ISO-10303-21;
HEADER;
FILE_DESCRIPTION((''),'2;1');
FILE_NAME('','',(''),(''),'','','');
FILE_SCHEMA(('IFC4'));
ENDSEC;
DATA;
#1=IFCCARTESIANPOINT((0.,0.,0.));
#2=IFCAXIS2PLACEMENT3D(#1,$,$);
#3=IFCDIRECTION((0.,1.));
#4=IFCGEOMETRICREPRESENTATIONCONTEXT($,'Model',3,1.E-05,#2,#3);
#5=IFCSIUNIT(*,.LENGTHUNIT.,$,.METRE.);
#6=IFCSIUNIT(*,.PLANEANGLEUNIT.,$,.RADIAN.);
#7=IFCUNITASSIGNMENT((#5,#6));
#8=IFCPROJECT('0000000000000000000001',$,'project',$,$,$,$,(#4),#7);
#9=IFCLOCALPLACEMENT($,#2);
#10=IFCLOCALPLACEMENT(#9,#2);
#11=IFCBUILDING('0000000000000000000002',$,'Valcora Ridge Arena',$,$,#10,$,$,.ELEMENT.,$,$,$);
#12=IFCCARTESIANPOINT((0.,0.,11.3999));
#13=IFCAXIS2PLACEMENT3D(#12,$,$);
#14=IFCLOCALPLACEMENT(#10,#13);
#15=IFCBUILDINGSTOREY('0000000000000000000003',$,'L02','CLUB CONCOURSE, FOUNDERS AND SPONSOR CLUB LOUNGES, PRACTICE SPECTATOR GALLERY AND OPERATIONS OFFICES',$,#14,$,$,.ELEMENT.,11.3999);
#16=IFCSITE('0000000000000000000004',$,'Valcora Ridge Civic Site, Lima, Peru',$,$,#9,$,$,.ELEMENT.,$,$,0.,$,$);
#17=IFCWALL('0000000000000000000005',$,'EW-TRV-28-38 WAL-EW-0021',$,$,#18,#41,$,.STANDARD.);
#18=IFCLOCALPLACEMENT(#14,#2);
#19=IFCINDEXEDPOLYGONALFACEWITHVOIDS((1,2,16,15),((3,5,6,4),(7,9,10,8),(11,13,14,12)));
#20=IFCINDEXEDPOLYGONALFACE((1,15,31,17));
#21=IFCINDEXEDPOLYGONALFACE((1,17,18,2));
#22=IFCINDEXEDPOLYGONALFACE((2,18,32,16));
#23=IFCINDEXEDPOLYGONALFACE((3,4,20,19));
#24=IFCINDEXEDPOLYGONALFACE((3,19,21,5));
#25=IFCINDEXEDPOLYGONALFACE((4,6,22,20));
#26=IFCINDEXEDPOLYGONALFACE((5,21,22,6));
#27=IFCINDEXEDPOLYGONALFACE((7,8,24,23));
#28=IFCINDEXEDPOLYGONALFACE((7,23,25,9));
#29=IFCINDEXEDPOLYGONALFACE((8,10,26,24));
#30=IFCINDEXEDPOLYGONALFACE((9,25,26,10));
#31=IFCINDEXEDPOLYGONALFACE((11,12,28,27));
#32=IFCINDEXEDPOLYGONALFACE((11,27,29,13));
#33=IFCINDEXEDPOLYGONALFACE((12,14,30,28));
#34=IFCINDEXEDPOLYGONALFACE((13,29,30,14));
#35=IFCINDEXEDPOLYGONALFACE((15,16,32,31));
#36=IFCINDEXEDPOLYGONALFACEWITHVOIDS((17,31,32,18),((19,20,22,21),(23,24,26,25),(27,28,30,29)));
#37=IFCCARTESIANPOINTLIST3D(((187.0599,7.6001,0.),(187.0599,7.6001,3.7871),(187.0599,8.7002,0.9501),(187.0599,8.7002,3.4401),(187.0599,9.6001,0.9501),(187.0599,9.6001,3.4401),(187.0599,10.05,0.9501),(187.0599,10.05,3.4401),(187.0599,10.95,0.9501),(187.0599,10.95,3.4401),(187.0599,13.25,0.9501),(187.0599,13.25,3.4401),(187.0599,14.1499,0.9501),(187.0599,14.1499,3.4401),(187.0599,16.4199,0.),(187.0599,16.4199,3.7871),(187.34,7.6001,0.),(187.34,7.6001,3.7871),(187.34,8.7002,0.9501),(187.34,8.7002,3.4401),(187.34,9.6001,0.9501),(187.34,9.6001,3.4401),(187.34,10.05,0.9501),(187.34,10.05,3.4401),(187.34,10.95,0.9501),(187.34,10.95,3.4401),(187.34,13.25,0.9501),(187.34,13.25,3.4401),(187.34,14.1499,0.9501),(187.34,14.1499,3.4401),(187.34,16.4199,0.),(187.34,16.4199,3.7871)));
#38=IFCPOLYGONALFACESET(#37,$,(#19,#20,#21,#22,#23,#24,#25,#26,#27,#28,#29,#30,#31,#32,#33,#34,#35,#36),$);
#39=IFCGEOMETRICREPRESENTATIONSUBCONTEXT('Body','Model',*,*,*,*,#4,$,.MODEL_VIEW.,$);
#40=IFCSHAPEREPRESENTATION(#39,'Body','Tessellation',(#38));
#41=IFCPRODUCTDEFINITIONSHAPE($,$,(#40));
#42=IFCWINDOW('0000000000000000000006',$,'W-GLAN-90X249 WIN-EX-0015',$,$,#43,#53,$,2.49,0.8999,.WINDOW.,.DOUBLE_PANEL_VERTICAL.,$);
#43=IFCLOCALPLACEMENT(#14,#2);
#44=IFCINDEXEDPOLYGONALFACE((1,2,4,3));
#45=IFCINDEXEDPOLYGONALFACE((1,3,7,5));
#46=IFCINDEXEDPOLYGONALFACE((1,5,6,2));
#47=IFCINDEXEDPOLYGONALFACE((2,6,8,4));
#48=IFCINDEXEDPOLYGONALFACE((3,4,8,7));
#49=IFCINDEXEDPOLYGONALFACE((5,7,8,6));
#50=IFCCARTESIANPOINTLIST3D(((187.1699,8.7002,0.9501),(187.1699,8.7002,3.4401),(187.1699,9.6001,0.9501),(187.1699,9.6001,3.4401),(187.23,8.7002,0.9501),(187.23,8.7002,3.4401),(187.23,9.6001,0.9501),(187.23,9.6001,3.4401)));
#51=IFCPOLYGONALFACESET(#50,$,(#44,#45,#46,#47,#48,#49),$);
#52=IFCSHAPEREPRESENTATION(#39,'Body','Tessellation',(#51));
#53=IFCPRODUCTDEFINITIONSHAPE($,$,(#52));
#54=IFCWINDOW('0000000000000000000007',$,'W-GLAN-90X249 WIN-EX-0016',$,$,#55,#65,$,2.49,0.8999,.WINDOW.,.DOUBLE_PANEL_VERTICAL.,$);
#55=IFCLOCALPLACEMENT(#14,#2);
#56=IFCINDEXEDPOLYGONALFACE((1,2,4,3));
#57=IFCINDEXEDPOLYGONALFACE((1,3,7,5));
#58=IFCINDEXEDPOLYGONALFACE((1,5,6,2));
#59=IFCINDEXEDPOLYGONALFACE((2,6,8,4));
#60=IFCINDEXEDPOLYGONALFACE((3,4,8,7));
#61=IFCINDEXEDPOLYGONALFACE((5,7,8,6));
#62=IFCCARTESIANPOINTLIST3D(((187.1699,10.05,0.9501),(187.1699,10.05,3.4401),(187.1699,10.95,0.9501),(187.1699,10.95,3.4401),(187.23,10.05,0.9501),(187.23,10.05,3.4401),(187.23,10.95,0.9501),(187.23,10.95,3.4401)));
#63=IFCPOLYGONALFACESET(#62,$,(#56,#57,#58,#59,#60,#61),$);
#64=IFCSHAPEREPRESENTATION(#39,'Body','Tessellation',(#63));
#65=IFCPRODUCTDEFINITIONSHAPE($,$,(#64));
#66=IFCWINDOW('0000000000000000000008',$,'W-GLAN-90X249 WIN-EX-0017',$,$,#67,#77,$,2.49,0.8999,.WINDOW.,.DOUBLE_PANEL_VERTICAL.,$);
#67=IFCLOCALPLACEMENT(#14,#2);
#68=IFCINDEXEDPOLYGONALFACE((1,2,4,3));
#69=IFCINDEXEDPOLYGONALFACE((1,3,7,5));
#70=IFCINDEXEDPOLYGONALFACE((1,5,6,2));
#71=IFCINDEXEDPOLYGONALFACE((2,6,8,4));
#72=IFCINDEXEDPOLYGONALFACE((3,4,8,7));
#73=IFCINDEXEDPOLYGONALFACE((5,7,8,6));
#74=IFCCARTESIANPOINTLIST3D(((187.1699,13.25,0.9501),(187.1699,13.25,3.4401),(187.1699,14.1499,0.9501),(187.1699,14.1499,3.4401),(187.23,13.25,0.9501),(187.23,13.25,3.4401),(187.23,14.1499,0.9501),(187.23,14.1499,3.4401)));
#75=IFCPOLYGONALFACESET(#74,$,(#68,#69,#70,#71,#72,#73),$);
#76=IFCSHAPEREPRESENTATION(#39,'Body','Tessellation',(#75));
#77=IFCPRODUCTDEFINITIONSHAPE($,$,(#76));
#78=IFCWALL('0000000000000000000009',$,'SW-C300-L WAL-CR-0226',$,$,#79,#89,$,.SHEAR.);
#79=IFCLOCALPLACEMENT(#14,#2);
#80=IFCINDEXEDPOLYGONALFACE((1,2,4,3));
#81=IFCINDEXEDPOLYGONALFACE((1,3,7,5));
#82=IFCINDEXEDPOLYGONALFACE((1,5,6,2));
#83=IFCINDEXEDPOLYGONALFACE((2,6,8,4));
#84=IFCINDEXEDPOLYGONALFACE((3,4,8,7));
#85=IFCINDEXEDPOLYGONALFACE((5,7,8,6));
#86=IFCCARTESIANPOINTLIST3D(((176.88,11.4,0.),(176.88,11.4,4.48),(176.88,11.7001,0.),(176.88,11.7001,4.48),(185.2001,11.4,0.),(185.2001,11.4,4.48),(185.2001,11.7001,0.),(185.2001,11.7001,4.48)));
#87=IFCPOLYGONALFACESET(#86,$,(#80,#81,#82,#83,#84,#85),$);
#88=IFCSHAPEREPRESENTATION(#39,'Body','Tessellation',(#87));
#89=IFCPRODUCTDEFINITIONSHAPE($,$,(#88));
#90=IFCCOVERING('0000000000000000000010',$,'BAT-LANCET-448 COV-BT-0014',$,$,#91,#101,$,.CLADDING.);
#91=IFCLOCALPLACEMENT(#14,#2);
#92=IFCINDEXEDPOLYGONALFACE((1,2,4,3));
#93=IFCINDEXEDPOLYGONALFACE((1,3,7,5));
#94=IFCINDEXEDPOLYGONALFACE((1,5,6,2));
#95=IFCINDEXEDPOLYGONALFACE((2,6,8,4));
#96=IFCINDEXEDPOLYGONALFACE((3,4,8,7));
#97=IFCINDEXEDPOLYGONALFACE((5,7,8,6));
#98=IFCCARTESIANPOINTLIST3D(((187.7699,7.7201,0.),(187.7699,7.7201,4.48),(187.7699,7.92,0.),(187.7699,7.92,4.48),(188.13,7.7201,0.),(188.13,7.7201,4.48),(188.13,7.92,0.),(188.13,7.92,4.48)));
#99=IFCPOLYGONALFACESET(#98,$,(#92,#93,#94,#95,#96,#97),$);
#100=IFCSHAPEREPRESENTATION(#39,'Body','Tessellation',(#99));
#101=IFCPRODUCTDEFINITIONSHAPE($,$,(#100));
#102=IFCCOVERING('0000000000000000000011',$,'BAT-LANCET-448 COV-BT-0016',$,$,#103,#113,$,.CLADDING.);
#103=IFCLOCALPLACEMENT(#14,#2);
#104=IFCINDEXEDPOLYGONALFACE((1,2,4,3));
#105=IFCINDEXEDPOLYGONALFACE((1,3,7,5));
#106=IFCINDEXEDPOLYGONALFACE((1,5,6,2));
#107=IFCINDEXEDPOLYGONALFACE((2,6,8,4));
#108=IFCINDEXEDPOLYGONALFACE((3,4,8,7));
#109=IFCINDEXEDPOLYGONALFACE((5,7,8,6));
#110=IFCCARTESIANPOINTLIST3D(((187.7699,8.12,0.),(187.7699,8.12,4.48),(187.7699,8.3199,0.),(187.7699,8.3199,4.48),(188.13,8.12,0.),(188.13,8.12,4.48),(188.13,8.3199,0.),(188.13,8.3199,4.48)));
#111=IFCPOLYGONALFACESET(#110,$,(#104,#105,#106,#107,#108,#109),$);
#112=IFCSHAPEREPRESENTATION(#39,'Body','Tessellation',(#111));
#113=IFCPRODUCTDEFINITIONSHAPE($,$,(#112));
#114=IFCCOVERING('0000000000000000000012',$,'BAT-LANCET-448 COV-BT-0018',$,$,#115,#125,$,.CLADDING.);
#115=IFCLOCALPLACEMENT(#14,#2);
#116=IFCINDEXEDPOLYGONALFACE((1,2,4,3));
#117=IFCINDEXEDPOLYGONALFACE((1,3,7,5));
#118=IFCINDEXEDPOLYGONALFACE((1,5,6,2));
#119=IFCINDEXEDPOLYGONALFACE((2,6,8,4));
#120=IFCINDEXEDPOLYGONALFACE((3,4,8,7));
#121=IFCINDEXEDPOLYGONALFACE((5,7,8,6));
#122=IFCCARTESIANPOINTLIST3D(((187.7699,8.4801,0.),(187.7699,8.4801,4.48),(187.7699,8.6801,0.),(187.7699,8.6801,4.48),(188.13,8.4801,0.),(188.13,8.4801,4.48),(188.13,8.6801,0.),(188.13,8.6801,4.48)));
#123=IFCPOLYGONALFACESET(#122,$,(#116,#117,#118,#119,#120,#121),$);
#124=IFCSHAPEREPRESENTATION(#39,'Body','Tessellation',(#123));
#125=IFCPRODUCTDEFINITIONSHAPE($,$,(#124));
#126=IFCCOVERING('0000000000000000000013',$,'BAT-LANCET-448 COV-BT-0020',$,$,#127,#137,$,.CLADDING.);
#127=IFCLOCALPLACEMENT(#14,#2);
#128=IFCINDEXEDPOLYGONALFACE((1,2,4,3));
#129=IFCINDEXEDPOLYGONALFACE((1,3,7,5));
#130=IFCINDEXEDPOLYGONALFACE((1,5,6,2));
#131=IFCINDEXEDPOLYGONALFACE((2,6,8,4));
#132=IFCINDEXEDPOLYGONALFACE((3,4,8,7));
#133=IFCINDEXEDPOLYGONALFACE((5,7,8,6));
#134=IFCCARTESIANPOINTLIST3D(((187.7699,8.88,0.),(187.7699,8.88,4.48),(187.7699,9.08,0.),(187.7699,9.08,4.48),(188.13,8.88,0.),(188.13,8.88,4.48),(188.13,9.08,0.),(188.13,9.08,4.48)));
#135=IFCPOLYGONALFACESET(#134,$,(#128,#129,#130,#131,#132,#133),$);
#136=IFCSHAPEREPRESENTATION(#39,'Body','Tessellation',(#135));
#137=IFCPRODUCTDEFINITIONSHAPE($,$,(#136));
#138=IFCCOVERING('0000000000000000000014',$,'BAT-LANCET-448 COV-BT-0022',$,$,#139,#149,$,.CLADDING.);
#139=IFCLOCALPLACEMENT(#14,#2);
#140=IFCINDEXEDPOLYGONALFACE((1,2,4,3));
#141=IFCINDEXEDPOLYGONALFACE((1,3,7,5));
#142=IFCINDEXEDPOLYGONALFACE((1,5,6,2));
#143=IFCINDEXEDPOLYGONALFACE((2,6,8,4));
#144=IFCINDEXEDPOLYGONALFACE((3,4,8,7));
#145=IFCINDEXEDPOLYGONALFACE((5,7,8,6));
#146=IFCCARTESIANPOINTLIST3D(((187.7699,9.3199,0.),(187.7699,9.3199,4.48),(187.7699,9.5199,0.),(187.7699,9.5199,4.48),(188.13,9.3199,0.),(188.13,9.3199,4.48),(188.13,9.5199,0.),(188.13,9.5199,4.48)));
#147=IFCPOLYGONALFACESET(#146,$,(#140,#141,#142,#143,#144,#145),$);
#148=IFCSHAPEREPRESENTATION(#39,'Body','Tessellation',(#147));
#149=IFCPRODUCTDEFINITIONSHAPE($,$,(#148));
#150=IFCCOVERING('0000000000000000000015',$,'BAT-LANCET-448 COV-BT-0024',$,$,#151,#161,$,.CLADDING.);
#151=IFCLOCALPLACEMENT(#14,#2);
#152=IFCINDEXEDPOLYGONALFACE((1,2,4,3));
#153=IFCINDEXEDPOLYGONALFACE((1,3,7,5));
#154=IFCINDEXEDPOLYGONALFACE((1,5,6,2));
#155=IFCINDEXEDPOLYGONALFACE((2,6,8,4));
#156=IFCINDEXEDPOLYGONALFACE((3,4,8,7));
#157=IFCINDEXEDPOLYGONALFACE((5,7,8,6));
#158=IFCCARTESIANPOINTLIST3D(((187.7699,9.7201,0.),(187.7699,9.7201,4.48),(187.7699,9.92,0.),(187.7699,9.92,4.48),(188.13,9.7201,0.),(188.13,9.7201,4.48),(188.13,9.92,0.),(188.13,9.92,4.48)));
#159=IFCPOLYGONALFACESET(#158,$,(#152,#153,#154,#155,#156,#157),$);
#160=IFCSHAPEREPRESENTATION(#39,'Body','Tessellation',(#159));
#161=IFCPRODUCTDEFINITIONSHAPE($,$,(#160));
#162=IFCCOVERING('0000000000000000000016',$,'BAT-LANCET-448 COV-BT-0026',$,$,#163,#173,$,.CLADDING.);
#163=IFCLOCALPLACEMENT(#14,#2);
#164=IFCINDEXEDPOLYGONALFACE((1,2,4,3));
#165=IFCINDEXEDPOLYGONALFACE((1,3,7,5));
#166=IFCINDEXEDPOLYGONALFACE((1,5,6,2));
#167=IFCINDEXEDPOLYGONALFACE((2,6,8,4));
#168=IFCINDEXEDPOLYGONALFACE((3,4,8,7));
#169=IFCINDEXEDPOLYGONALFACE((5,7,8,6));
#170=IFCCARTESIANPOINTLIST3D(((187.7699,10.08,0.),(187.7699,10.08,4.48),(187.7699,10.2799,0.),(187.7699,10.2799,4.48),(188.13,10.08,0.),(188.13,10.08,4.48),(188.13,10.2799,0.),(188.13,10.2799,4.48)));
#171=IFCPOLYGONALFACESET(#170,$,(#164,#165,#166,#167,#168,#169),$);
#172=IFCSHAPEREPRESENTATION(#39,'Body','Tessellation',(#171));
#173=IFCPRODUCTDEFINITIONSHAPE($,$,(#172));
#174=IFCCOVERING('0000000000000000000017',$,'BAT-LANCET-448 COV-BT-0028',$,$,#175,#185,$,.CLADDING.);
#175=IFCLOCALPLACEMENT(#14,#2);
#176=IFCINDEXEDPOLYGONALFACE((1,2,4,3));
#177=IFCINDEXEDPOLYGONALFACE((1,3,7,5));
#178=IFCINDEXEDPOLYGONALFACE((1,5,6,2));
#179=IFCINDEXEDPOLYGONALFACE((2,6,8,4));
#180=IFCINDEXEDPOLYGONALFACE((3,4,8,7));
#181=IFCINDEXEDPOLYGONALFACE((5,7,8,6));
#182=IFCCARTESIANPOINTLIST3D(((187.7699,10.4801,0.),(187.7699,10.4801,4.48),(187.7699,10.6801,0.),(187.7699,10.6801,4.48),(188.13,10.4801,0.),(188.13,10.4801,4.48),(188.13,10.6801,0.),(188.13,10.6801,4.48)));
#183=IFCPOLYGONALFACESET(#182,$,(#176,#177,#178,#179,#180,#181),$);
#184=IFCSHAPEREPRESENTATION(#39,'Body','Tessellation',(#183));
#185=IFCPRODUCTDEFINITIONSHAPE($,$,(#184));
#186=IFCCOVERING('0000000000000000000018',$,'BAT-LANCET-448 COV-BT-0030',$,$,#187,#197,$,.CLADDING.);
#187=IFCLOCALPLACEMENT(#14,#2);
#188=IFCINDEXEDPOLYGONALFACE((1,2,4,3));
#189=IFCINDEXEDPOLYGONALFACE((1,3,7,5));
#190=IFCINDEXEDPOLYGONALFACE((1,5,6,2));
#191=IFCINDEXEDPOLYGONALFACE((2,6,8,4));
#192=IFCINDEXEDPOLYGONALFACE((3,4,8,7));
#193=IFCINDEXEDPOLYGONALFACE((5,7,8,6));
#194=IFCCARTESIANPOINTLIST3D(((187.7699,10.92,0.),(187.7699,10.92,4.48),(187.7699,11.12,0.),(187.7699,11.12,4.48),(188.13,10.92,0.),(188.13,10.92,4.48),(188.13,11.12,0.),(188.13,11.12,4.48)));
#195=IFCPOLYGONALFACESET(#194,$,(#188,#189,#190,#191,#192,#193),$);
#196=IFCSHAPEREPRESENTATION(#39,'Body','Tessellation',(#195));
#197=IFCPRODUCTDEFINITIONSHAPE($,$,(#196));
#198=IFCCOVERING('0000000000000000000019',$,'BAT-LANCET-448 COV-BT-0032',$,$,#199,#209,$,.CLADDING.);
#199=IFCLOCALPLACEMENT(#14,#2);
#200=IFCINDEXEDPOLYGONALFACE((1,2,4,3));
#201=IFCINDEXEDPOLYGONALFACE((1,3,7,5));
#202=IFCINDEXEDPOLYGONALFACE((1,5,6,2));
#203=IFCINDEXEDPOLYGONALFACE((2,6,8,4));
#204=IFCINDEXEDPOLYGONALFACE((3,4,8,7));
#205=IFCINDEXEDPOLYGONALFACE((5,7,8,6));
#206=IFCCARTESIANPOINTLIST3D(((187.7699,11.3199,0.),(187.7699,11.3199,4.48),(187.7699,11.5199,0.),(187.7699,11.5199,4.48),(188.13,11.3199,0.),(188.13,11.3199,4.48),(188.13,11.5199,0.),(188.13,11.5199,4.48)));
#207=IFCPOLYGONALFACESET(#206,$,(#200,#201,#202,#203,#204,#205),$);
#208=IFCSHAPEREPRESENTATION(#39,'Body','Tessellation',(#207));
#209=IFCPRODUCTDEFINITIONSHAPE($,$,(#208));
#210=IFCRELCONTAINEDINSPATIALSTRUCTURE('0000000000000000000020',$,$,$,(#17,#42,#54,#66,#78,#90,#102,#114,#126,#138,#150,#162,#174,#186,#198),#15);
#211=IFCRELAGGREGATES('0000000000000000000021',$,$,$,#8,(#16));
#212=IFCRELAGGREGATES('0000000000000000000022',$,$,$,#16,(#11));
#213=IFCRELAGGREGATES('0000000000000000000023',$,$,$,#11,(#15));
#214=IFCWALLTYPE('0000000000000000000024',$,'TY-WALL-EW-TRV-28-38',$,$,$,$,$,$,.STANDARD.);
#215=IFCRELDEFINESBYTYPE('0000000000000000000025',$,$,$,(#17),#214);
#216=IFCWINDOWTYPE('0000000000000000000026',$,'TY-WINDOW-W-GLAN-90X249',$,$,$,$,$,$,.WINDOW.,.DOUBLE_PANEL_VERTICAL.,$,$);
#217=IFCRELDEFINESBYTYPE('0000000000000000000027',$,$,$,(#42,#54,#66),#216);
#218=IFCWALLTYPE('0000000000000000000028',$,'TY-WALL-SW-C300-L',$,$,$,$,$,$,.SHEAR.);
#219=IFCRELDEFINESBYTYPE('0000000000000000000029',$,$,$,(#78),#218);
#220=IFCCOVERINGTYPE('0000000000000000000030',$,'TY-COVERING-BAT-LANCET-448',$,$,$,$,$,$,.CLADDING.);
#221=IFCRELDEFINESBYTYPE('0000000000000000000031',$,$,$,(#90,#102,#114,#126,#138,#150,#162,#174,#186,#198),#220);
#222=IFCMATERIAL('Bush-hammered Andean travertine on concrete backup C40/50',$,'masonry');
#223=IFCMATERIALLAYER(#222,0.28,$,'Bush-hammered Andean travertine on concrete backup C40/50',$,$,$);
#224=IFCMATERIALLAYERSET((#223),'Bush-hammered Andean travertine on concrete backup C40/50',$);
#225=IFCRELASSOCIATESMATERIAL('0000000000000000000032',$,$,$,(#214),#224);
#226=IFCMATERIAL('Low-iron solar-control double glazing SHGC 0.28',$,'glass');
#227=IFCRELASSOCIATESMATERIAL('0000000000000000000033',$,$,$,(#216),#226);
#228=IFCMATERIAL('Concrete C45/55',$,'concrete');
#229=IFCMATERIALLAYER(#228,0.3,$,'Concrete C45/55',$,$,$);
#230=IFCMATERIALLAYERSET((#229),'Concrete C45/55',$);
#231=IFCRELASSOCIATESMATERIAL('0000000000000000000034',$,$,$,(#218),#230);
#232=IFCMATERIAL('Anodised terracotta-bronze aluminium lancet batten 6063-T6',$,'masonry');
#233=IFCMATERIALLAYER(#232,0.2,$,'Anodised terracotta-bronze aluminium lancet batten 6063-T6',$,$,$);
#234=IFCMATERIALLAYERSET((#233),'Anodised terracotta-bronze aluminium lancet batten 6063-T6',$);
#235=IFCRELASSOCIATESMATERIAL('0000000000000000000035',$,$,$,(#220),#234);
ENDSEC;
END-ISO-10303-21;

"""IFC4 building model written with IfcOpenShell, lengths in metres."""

from ifc_helpers import new_model, si_unit, direction, frame, frame_2d, origin, origin_2d, place, context, subcontext, project, spatial, rectangle, extrude, material, layer, layer_set, type_object, element, fill, save


model = new_model("IFC4")

# Units and contexts
model_context = context("Model", 3, precision=1e-05, world=origin(), true_north=direction((0.0, 1.0)))
body_context = subcontext(model_context, "Body", "Model", "MODEL_VIEW")
ifc_project = project(units=[si_unit("LENGTHUNIT", "METRE"), si_unit("PLANEANGLEUNIT", "RADIAN")], contexts=[model_context])

# Site, building, storey
site_placement = place(None, origin())
site = spatial("IfcSite", under=ifc_project, at=site_placement, Name="Valcora Ridge Civic Site, Lima, Peru", CompositionType="ELEMENT", RefElevation=0.0)
building_placement = place(site_placement, origin())
building = spatial("IfcBuilding", under=site, at=building_placement, Name="Valcora Ridge Arena", CompositionType="ELEMENT")
storey_placement = place(building_placement, frame((0.0, 0.0, 11.3999)))
storey = spatial("IfcBuildingStorey", under=building, at=storey_placement, Name="L02", Description="CLUB CONCOURSE, FOUNDERS AND SPONSOR CLUB LOUNGES, PRACTICE SPECTATOR GALLERY AND OPERATIONS OFFICES", CompositionType="ELEMENT", Elevation=11.3999)

# Wall, openings, windows
ifc_material_1 = material(Name="Bush-hammered Andean travertine on concrete backup C40/50", Category="masonry")
ifc_layer_1 = layer(ifc_material_1, 0.28, Name="Bush-hammered Andean travertine on concrete backup C40/50")
ifc_layer_set_1 = layer_set([ifc_layer_1], Name="Bush-hammered Andean travertine on concrete backup C40/50")
wall_type_1 = type_object("IfcWallType", Name="TY-WALL-EW-TRV-28-38", PredefinedType="STANDARD", material=ifc_layer_set_1)
wall_1_placement = place(storey_placement, frame((187.2, 7.6001, 0.0), z_axis=(0.0, 0.0, 1.0), x_axis=(0.0, 1.0, 0.0)))
wall_1 = element("IfcWall", 1, at=wall_1_placement, inside=storey, type_object=wall_type_1, Name="EW-TRV-28-38 WAL-EW-0021", PredefinedType="STANDARD", context=body_context, shape_type="SweptSolid", body=[
    extrude(rectangle(XDim=8.8198, YDim=0.28, at=frame_2d((4.4099, 0.0))), origin(), (0.0, 0.0, 1.0), 3.7871),
])
opening_1_placement = place(wall_1_placement, frame((1.1001, 0.0, 0.95)))
opening_1 = element("IfcOpeningElement", 2, at=opening_1_placement, cuts=wall_1, PredefinedType="OPENING", context=body_context, shape_type="SweptSolid", body=[
    extrude(rectangle(XDim=0.8999, YDim=2.49, at=frame_2d((0.45, 1.2451))), frame((0.0, 0.1499, 0.0), z_axis=(0.0, -1.0, 0.0), x_axis=(1.0, 0.0, 0.0)), (0.0, 0.0, 1.0), 0.3),
])
opening_2_placement = place(wall_1_placement, frame((2.45, 0.0, 0.95)))
opening_2 = element("IfcOpeningElement", 3, at=opening_2_placement, cuts=wall_1, PredefinedType="OPENING", context=body_context, shape_type="SweptSolid", body=[
    extrude(rectangle(XDim=0.8999, YDim=2.49, at=frame_2d((0.45, 1.2451))), frame((0.0, 0.1499, 0.0), z_axis=(0.0, -1.0, 0.0), x_axis=(1.0, 0.0, 0.0)), (0.0, 0.0, 1.0), 0.3),
])
opening_3_placement = place(wall_1_placement, frame((5.6499, 0.0, 0.95)))
opening_3 = element("IfcOpeningElement", 4, at=opening_3_placement, cuts=wall_1, PredefinedType="OPENING", context=body_context, shape_type="SweptSolid", body=[
    extrude(rectangle(XDim=0.8999, YDim=2.49, at=frame_2d((0.45, 1.2451))), frame((0.0, 0.1499, 0.0), z_axis=(0.0, -1.0, 0.0), x_axis=(1.0, 0.0, 0.0)), (0.0, 0.0, 1.0), 0.3),
])
ifc_material_2 = material(Name="Low-iron solar-control double glazing SHGC 0.28", Category="glass")
window_type = type_object("IfcWindowType", Name="TY-WINDOW-W-GLAN-90X249", PartitioningType="DOUBLE_PANEL_VERTICAL", PredefinedType="WINDOW", material=ifc_material_2)
window_1_placement = place(opening_1_placement, origin())
window_1 = element("IfcWindow", 5, at=window_1_placement, inside=storey, type_object=window_type, Name="W-GLAN-90X249 WIN-EX-0015", OverallHeight=2.49, OverallWidth=0.8999, PartitioningType="DOUBLE_PANEL_VERTICAL", PredefinedType="WINDOW", context=body_context, shape_type="SweptSolid", body=[
    extrude(rectangle(XDim=0.8999, YDim=2.49, at=frame_2d((0.45, 1.2451))), frame((0.0, 0.03, 0.0), z_axis=(0.0, -1.0, 0.0), x_axis=(1.0, 0.0, 0.0)), (0.0, 0.0, 1.0), 0.0601),
])
fill(opening_1, window_1)
window_2_placement = place(opening_2_placement, origin())
window_2 = element("IfcWindow", 6, at=window_2_placement, inside=storey, type_object=window_type, Name="W-GLAN-90X249 WIN-EX-0016", OverallHeight=2.49, OverallWidth=0.8999, PartitioningType="DOUBLE_PANEL_VERTICAL", PredefinedType="WINDOW", context=body_context, shape_type="SweptSolid", body=[
    extrude(rectangle(XDim=0.8999, YDim=2.49, at=frame_2d((0.45, 1.2451))), frame((0.0, 0.03, 0.0), z_axis=(0.0, -1.0, 0.0), x_axis=(1.0, 0.0, 0.0)), (0.0, 0.0, 1.0), 0.0601),
])
fill(opening_2, window_2)
window_3_placement = place(opening_3_placement, origin())
window_3 = element("IfcWindow", 7, at=window_3_placement, inside=storey, type_object=window_type, Name="W-GLAN-90X249 WIN-EX-0017", OverallHeight=2.49, OverallWidth=0.8999, PartitioningType="DOUBLE_PANEL_VERTICAL", PredefinedType="WINDOW", context=body_context, shape_type="SweptSolid", body=[
    extrude(rectangle(XDim=0.8999, YDim=2.49, at=frame_2d((0.45, 1.2451))), frame((0.0, 0.03, 0.0), z_axis=(0.0, -1.0, 0.0), x_axis=(1.0, 0.0, 0.0)), (0.0, 0.0, 1.0), 0.0601),
])
fill(opening_3, window_3)

# Wall
ifc_material_3 = material(Name="Concrete C45/55", Category="concrete")
ifc_layer_2 = layer(ifc_material_3, 0.3, Name="Concrete C45/55")
ifc_layer_set_2 = layer_set([ifc_layer_2], Name="Concrete C45/55")
wall_type_2 = type_object("IfcWallType", Name="TY-WALL-SW-C300-L", PredefinedType="SHEAR", material=ifc_layer_set_2)
wall_2_placement = place(storey_placement, frame((176.8799, 11.55, 0.0), z_axis=(0.0, 0.0, 1.0), x_axis=(1.0, 0.0, 0.0)))
element("IfcWall", 8, at=wall_2_placement, inside=storey, type_object=wall_type_2, Name="SW-C300-L WAL-CR-0226", PredefinedType="SHEAR", context=body_context, shape_type="SweptSolid", body=[
    extrude(rectangle(XDim=8.3201, YDim=0.3, at=frame_2d((4.1602, 0.0))), origin(), (0.0, 0.0, 1.0), 4.48),
])

# Coverings
ifc_material_4 = material(Name="Anodised terracotta-bronze aluminium lancet batten 6063-T6", Category="masonry")
ifc_layer_3 = layer(ifc_material_4, 0.2, Name="Anodised terracotta-bronze aluminium lancet batten 6063-T6")
ifc_layer_set_3 = layer_set([ifc_layer_3], Name="Anodised terracotta-bronze aluminium lancet batten 6063-T6")
covering_type = type_object("IfcCoveringType", Name="TY-COVERING-BAT-LANCET-448", PredefinedType="CLADDING", material=ifc_layer_set_3)
for number, where, z_axis, x_axis, name in (
    (9, (187.95, 7.8201, 0.0), (0.0, 0.0, 1.0), (1.0, 0.0, 0.0), "BAT-LANCET-448 COV-BT-0014"),
    (10, (187.95, 8.22, 0.0), (0.0, 0.0, 1.0), (1.0, 0.0, 0.0), "BAT-LANCET-448 COV-BT-0016"),
    (11, (187.95, 8.5801, 0.0), (0.0, 0.0, 1.0), (1.0, 0.0, 0.0), "BAT-LANCET-448 COV-BT-0018"),
    (12, (187.95, 8.98, 0.0), (0.0, 0.0, 1.0), (1.0, 0.0, 0.0), "BAT-LANCET-448 COV-BT-0020"),
    (13, (187.95, 9.4199, 0.0), (0.0, 0.0, 1.0), (1.0, 0.0, 0.0), "BAT-LANCET-448 COV-BT-0022"),
    (14, (187.95, 9.8201, 0.0), (0.0, 0.0, 1.0), (1.0, 0.0, 0.0), "BAT-LANCET-448 COV-BT-0024"),
    (15, (187.95, 10.1799, 0.0), (0.0, 0.0, 1.0), (1.0, 0.0, 0.0), "BAT-LANCET-448 COV-BT-0026"),
    (16, (187.95, 10.5801, 0.0), (0.0, 0.0, 1.0), (1.0, 0.0, 0.0), "BAT-LANCET-448 COV-BT-0028"),
    (17, (187.95, 11.02, 0.0), (0.0, 0.0, 1.0), (1.0, 0.0, 0.0), "BAT-LANCET-448 COV-BT-0030"),
    (18, (187.95, 11.4199, 0.0), (0.0, 0.0, 1.0), (1.0, 0.0, 0.0), "BAT-LANCET-448 COV-BT-0032"),
):
    element("IfcCovering", number, at=place(storey_placement, frame(where, z_axis=z_axis, x_axis=x_axis)), inside=storey, type_object=covering_type, Name=name, PredefinedType="CLADDING", context=body_context, shape_type="SweptSolid", body=[
        extrude(rectangle(XDim=0.3601, YDim=0.2, at=origin_2d()), origin(), (0.0, 0.0, 1.0), 4.48),
    ])

save(model, "model.ifc")
